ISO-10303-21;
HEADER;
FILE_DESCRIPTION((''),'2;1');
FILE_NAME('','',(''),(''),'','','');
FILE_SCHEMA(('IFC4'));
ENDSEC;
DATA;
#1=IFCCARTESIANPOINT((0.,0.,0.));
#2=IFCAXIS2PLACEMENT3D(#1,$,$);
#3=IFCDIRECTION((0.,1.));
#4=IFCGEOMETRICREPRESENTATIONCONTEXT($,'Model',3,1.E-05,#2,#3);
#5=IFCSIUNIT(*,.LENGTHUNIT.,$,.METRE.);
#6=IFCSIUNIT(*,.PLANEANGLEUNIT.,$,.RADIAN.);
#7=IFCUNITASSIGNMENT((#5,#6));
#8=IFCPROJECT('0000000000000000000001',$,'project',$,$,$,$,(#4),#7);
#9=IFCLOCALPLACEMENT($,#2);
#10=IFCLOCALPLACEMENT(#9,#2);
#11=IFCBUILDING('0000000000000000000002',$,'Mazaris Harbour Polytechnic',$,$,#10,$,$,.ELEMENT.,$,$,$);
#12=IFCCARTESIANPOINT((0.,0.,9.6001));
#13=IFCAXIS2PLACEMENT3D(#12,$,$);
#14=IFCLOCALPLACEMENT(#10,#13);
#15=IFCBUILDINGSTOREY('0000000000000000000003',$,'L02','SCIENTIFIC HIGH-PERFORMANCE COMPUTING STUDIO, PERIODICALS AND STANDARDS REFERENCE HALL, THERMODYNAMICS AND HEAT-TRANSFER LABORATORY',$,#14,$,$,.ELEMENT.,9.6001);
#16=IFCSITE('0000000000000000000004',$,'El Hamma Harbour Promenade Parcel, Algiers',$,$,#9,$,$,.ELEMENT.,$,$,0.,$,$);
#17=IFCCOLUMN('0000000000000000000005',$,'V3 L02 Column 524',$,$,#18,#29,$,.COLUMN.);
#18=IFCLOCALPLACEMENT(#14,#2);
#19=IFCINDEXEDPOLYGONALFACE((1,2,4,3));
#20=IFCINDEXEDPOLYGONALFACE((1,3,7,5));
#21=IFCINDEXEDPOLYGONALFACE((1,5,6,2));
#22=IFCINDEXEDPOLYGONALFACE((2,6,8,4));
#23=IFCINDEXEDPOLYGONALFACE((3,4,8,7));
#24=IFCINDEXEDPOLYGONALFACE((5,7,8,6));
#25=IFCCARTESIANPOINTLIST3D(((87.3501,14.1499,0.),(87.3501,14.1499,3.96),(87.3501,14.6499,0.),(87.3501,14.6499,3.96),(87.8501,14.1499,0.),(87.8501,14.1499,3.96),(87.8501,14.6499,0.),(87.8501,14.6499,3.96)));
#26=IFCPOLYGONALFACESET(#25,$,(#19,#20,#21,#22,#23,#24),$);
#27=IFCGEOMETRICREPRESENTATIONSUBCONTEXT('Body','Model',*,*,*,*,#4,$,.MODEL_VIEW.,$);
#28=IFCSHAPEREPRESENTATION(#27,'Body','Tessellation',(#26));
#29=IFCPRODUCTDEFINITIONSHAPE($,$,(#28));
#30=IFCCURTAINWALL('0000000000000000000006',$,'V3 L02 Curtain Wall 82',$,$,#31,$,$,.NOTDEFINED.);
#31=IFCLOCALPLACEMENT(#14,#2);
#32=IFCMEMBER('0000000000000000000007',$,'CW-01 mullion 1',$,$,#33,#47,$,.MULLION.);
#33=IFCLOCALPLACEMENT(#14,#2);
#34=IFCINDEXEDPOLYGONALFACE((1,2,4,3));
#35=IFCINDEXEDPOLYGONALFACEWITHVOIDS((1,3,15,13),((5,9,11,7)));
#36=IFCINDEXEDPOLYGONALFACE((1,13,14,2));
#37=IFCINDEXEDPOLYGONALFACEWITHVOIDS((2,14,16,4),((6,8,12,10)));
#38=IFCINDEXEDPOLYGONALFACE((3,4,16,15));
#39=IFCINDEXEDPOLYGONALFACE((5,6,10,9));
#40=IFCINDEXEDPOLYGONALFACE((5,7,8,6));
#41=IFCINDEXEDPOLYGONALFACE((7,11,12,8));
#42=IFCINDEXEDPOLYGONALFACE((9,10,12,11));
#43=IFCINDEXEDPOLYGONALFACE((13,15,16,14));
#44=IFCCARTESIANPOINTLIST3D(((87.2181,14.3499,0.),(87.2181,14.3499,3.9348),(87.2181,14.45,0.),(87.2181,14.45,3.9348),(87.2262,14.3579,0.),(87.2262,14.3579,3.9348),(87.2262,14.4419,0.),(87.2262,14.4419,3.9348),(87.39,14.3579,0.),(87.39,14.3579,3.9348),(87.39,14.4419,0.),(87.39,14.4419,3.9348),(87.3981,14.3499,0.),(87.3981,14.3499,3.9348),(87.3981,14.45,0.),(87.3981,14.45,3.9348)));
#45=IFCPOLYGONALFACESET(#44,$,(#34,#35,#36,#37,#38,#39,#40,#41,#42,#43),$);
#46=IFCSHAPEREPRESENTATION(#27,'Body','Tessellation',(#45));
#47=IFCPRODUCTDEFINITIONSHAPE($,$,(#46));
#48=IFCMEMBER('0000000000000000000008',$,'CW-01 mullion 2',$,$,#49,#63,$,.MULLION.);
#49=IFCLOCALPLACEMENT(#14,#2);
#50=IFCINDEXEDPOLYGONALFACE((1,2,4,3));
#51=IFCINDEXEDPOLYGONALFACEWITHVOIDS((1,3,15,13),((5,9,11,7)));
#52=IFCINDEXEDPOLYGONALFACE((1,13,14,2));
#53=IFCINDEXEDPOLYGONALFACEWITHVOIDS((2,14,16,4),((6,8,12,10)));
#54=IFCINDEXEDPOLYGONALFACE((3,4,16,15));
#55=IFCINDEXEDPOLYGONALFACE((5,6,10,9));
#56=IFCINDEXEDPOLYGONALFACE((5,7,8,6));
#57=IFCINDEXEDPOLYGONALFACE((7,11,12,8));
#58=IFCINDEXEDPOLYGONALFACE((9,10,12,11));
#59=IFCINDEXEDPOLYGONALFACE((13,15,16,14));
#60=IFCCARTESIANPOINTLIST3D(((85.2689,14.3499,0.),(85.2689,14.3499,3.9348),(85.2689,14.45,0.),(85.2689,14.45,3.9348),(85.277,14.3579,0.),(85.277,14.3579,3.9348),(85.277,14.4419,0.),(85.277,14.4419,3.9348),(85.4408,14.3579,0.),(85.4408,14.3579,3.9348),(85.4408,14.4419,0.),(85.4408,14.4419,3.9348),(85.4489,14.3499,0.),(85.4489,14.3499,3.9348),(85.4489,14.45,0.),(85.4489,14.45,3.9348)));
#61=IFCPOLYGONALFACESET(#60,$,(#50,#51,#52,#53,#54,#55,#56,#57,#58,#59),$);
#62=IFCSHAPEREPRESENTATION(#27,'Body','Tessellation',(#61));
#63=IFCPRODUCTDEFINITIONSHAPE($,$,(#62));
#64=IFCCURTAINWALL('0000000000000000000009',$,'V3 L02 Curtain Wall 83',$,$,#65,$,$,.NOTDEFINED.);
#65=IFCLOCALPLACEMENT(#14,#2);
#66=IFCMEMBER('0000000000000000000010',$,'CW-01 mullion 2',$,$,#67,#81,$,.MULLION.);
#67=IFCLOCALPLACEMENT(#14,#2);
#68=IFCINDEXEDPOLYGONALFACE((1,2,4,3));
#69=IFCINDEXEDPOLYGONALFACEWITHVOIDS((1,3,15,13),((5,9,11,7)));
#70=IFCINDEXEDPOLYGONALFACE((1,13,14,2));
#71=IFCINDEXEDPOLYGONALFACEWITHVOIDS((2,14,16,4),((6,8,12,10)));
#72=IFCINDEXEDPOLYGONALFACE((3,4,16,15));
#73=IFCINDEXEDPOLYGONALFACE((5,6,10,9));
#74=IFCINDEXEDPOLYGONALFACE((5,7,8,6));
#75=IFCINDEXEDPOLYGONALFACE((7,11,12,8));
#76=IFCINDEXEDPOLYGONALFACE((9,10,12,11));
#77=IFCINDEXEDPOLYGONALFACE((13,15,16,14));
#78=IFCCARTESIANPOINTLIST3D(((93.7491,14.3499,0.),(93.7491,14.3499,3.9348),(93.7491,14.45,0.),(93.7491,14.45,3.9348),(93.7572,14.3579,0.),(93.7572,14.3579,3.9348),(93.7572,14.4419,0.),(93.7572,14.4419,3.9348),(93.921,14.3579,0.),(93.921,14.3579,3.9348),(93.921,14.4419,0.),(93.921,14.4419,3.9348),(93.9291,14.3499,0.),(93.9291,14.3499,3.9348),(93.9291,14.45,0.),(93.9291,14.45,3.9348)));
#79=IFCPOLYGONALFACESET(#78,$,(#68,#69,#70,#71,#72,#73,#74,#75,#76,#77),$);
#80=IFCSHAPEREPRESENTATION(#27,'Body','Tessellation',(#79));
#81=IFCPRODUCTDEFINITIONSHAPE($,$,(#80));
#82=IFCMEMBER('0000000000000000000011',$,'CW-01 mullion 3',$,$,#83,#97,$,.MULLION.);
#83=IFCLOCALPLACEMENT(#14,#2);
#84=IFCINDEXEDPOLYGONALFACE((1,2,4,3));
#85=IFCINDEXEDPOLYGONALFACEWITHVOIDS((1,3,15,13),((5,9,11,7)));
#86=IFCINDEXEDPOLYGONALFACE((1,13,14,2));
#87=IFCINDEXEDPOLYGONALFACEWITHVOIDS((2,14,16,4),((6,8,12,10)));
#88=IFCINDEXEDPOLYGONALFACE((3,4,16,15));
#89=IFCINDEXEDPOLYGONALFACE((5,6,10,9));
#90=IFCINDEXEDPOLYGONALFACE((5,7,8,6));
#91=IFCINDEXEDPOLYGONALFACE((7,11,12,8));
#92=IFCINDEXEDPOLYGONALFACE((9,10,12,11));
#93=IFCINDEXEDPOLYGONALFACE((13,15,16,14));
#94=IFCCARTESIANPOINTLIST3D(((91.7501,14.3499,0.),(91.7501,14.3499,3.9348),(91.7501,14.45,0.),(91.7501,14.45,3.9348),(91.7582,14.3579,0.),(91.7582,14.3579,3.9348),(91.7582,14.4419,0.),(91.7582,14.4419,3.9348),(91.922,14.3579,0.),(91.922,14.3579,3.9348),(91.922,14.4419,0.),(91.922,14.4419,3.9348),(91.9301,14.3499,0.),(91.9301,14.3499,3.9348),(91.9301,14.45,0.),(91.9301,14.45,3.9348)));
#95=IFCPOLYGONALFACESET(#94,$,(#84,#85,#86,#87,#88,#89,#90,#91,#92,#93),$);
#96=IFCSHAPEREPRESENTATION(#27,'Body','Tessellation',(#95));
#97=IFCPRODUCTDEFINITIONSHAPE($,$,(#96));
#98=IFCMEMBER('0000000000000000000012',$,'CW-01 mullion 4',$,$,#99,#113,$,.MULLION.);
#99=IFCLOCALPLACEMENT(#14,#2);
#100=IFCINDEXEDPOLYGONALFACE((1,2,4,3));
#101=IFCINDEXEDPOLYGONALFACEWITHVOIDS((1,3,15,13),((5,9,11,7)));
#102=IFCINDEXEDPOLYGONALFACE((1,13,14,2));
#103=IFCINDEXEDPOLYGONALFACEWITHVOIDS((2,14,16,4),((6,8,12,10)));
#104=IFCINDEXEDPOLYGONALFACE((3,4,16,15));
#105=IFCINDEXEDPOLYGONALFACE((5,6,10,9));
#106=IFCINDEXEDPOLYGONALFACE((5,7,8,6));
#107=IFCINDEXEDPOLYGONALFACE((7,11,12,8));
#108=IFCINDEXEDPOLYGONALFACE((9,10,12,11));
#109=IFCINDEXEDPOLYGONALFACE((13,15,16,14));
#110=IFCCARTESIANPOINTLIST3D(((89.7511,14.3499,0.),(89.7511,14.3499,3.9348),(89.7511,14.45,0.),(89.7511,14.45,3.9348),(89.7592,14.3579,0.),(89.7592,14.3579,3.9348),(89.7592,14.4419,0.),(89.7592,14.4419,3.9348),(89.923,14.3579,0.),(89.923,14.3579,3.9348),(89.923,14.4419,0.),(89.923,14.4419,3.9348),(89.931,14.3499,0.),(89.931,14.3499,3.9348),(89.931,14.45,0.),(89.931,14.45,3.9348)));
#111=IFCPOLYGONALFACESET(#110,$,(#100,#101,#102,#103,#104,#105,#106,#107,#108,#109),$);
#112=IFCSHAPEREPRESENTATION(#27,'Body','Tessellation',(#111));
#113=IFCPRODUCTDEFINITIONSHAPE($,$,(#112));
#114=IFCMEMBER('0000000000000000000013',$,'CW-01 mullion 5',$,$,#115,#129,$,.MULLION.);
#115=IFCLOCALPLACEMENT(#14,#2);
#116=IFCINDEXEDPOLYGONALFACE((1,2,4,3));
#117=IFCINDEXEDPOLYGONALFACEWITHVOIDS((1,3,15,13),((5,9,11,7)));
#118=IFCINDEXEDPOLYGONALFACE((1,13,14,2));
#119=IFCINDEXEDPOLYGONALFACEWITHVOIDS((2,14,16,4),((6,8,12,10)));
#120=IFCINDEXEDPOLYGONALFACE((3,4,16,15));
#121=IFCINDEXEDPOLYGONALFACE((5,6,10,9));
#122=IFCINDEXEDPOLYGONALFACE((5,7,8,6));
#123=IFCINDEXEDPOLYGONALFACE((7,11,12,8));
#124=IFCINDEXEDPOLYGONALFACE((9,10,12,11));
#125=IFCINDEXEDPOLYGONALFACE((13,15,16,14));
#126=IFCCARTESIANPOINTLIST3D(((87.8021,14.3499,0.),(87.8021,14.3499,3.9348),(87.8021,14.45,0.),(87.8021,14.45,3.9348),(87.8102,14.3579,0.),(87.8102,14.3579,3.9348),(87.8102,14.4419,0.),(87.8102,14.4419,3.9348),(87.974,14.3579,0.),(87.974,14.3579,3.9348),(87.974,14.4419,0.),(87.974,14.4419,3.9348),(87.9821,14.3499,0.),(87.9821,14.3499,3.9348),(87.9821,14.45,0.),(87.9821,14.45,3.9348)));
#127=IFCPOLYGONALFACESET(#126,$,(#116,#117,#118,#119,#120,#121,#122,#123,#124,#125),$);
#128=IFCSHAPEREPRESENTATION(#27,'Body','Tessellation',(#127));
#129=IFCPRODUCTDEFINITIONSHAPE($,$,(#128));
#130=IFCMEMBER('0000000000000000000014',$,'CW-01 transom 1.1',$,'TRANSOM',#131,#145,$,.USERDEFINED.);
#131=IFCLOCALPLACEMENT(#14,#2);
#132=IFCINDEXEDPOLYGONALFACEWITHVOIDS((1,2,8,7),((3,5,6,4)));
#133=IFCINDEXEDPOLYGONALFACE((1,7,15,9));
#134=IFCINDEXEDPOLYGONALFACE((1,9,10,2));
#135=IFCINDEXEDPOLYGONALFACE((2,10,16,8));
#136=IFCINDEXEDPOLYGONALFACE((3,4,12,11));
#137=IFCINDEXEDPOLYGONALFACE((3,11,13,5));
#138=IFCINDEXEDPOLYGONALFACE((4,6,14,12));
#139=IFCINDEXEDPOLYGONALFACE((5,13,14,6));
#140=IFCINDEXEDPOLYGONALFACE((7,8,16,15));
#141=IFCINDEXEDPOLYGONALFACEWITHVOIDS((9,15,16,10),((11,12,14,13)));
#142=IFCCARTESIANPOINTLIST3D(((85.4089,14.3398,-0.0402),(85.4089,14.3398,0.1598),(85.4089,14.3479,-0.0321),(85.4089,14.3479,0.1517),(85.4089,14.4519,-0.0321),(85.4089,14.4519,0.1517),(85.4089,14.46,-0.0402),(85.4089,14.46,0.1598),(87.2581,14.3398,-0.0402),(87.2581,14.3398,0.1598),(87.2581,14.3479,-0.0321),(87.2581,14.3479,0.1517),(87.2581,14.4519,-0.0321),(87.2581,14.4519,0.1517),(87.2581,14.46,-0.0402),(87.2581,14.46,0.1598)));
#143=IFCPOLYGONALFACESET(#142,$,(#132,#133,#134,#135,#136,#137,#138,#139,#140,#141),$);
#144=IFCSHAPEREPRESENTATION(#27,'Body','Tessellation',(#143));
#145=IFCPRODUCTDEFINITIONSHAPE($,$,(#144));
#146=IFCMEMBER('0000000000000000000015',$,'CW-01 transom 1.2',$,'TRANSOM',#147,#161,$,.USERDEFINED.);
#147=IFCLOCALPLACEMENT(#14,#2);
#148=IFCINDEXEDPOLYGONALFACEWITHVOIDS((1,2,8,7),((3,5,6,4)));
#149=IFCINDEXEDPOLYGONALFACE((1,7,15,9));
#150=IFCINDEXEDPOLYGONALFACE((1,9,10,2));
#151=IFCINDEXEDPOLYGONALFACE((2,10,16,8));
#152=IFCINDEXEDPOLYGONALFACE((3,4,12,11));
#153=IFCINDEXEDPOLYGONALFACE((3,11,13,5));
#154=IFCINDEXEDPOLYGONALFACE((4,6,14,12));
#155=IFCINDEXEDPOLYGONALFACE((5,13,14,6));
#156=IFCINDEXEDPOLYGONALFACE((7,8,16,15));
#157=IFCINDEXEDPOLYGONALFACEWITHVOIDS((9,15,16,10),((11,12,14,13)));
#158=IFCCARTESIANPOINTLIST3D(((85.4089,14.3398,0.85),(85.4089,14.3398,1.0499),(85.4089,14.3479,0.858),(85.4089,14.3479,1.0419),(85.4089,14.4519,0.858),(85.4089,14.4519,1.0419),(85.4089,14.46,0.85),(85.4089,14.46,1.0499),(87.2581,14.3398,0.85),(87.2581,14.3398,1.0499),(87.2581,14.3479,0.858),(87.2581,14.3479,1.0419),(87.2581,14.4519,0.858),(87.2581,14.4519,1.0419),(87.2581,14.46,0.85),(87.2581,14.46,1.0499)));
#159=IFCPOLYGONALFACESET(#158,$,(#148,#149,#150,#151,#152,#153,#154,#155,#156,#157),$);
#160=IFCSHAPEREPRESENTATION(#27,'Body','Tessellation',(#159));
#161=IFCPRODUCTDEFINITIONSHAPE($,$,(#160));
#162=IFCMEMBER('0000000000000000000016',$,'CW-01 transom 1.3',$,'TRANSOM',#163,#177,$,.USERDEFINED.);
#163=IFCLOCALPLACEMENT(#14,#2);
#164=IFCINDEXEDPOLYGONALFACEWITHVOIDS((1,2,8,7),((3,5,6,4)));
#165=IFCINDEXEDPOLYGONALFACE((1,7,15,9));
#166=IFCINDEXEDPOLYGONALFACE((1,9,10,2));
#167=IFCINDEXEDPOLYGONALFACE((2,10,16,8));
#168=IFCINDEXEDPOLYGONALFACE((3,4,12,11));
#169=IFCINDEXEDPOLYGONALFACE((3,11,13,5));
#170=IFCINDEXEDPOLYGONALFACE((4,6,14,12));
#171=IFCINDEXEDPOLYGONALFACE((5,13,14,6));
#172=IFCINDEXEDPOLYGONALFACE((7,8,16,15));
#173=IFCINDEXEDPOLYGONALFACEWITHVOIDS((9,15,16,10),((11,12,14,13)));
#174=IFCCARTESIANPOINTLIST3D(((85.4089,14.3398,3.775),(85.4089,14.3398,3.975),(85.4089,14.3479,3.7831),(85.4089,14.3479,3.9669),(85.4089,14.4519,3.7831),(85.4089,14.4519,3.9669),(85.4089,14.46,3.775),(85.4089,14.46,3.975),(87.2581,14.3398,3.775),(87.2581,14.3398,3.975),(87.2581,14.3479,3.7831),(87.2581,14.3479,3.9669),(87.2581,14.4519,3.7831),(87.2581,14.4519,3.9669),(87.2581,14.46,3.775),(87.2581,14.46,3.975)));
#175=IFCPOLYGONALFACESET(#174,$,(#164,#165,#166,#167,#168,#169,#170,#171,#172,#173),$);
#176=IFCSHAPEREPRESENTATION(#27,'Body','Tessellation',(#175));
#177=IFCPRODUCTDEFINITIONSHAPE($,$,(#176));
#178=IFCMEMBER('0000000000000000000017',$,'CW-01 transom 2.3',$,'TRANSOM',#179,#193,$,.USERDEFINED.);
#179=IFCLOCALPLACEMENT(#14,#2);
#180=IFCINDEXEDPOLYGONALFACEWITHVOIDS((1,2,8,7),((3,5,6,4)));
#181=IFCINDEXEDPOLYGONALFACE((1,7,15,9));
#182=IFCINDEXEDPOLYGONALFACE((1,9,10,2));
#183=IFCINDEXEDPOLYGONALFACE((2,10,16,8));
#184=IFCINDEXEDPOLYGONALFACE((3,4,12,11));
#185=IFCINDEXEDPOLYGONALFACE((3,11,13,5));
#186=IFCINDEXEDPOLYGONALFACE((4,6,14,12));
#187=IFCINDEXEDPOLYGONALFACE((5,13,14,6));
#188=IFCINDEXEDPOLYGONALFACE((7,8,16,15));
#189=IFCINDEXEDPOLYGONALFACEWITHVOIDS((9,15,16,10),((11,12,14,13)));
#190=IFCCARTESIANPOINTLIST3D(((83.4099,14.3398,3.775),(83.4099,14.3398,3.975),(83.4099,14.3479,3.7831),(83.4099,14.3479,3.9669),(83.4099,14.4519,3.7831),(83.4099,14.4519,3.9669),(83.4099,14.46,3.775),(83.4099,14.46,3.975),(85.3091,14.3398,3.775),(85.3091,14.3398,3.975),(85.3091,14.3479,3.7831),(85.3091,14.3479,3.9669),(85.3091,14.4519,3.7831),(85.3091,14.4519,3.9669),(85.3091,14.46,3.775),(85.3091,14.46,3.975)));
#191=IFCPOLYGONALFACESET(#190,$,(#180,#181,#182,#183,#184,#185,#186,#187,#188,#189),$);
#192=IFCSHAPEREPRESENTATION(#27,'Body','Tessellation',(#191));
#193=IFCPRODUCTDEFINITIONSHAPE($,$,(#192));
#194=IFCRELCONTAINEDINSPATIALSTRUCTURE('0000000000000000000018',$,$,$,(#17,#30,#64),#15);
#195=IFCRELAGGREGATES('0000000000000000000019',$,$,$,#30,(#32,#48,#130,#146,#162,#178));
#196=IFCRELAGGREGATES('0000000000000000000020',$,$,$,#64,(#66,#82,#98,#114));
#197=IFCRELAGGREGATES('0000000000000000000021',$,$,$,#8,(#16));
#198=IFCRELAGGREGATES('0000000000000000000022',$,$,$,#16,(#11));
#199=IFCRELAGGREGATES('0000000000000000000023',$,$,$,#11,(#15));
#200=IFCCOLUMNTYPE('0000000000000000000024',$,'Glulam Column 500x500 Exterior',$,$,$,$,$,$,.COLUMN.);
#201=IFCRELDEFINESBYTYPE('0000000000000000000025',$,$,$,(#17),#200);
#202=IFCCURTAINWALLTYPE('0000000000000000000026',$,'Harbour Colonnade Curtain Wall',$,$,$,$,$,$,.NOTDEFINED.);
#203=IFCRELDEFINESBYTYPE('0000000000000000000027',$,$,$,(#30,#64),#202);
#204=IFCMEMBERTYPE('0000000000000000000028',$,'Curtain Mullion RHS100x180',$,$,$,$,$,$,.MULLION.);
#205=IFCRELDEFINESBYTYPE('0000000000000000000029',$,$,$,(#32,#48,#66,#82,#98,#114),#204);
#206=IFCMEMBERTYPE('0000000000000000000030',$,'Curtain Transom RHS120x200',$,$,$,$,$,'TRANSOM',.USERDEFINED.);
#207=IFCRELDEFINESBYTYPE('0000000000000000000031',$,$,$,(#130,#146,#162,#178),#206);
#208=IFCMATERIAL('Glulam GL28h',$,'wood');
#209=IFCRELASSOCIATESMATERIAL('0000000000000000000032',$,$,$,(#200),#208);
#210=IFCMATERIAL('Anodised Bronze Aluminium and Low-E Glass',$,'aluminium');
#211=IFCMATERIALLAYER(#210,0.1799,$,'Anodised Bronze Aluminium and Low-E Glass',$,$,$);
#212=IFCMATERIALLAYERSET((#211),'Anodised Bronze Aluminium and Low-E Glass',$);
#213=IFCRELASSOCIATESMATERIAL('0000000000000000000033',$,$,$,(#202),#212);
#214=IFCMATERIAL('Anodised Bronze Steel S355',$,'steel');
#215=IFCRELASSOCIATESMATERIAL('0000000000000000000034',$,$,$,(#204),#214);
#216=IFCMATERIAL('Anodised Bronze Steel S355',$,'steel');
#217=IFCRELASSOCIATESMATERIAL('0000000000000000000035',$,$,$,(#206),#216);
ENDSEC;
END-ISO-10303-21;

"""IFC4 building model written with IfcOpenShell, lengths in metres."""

from ifc_helpers import new_model, si_unit, direction, frame, origin, origin_2d, place, context, subcontext, project, spatial, rectangle, hollow_rectangle, extrude, material, layer, layer_set, material_profile, profile_set, type_object, element, aggregate, save


model = new_model("IFC4")

# Units and contexts
model_context = context("Model", 3, precision=1e-05, world=origin(), true_north=direction((0.0, 1.0)))
body_context = subcontext(model_context, "Body", "Model", "MODEL_VIEW")
ifc_project = project(units=[si_unit("LENGTHUNIT", "METRE"), si_unit("PLANEANGLEUNIT", "RADIAN")], contexts=[model_context])

# Site, building, storey
site_placement = place(None, origin())
site = spatial("IfcSite", under=ifc_project, at=site_placement, Name="El Hamma Harbour Promenade Parcel, Algiers", CompositionType="ELEMENT", RefElevation=0.0)
building_placement = place(site_placement, origin())
building = spatial("IfcBuilding", under=site, at=building_placement, Name="Mazaris Harbour Polytechnic", CompositionType="ELEMENT")
storey_placement = place(building_placement, frame((0.0, 0.0, 9.6001)))
storey = spatial("IfcBuildingStorey", under=building, at=storey_placement, Name="L02", Description="SCIENTIFIC HIGH-PERFORMANCE COMPUTING STUDIO, PERIODICALS AND STANDARDS REFERENCE HALL, THERMODYNAMICS AND HEAT-TRANSFER LABORATORY", CompositionType="ELEMENT", Elevation=9.6001)

# Column
ifc_material_1 = material(Name="Glulam GL28h", Category="wood")
ifc_material_profile_1 = material_profile(ifc_material_1, rectangle(XDim=0.5, YDim=0.5, at=origin_2d()), Name="RECT500x500")
ifc_profile_set_1 = profile_set([ifc_material_profile_1], Name="Glulam GL28h")
column_type = type_object("IfcColumnType", Name="Glulam Column 500x500 Exterior", PredefinedType="COLUMN", material=ifc_profile_set_1)
column_placement = place(storey_placement, frame((87.6001, 14.3999, 0.0), z_axis=(0.0, 0.0, 1.0), x_axis=(1.0, 0.0, 0.0)))
element("IfcColumn", 1, at=column_placement, inside=storey, type_object=column_type, Name="V3 L02 Column 524", PredefinedType="COLUMN", context=body_context, shape_type="SweptSolid", body=[
    extrude(rectangle(XDim=0.5, YDim=0.5, at=origin_2d()), origin(), (0.0, 0.0, 1.0), 3.96),
])

# Curtain walls, members
ifc_material_2 = material(Name="Anodised Bronze Aluminium and Low-E Glass", Category="aluminium")
ifc_layer_1 = layer(ifc_material_2, 0.1799, Name="Anodised Bronze Aluminium and Low-E Glass")
ifc_layer_set_1 = layer_set([ifc_layer_1], Name="Anodised Bronze Aluminium and Low-E Glass")
curtain_wall_type = type_object("IfcCurtainWallType", Name="Harbour Colonnade Curtain Wall", PredefinedType="NOTDEFINED", material=ifc_layer_set_1)
curtain_wall_1_placement = place(storey_placement, origin())
curtain_wall_1 = element("IfcCurtainWall", 2, at=curtain_wall_1_placement, inside=storey, type_object=curtain_wall_type, Name="V3 L02 Curtain Wall 82", PredefinedType="NOTDEFINED")
ifc_material_3 = material(Name="Anodised Bronze Steel S355", Category="steel")
ifc_material_profile_2 = material_profile(ifc_material_3, hollow_rectangle(XDim=0.1001, YDim=0.1799, WallThickness=0.0081, at=origin_2d()), Name="RHS 100x180x8.0")
ifc_profile_set_2 = profile_set([ifc_material_profile_2], Name="Anodised Bronze Steel S355")
member_type_1 = type_object("IfcMemberType", Name="Curtain Mullion RHS100x180", PredefinedType="MULLION", material=ifc_profile_set_2)
member_1_placement = place(storey_placement, frame((87.3081, 14.3999, 0.0), z_axis=(0.0, 0.0, 1.0), x_axis=(0.0, -1.0, 0.0)))
member_1 = element("IfcMember", 3, at=member_1_placement, type_object=member_type_1, Name="CW-01 mullion 1", PredefinedType="MULLION", context=body_context, shape_type="SweptSolid", body=[
    extrude(hollow_rectangle(XDim=0.1001, YDim=0.1799, WallThickness=0.0081, at=origin_2d()), origin(), (0.0, 0.0, 1.0), 3.9348),
])
member_2_placement = place(storey_placement, frame((85.3589, 14.3999, 0.0), z_axis=(0.0, 0.0, 1.0), x_axis=(0.0, -1.0, 0.0)))
member_2 = element("IfcMember", 4, at=member_2_placement, type_object=member_type_1, Name="CW-01 mullion 2", PredefinedType="MULLION", context=body_context, shape_type="SweptSolid", body=[
    extrude(hollow_rectangle(XDim=0.1001, YDim=0.1799, WallThickness=0.0081, at=origin_2d()), origin(), (0.0, 0.0, 1.0), 3.9348),
])
curtain_wall_2_placement = place(storey_placement, origin())
curtain_wall_2 = element("IfcCurtainWall", 5, at=curtain_wall_2_placement, inside=storey, type_object=curtain_wall_type, Name="V3 L02 Curtain Wall 83", PredefinedType="NOTDEFINED")
member_3_placement = place(storey_placement, frame((93.8391, 14.3999, 0.0), z_axis=(0.0, 0.0, 1.0), x_axis=(0.0, -1.0, 0.0)))
member_3 = element("IfcMember", 6, at=member_3_placement, type_object=member_type_1, Name="CW-01 mullion 2", PredefinedType="MULLION", context=body_context, shape_type="SweptSolid", body=[
    extrude(hollow_rectangle(XDim=0.1001, YDim=0.1799, WallThickness=0.0081, at=origin_2d()), origin(), (0.0, 0.0, 1.0), 3.9348),
])
member_4_placement = place(storey_placement, frame((91.8401, 14.3999, 0.0), z_axis=(0.0, 0.0, 1.0), x_axis=(0.0, -1.0, 0.0)))
member_4 = element("IfcMember", 7, at=member_4_placement, type_object=member_type_1, Name="CW-01 mullion 3", PredefinedType="MULLION", context=body_context, shape_type="SweptSolid", body=[
    extrude(hollow_rectangle(XDim=0.1001, YDim=0.1799, WallThickness=0.0081, at=origin_2d()), origin(), (0.0, 0.0, 1.0), 3.9348),
])
member_5_placement = place(storey_placement, frame((89.8411, 14.3999, 0.0), z_axis=(0.0, 0.0, 1.0), x_axis=(0.0, -1.0, 0.0)))
member_5 = element("IfcMember", 8, at=member_5_placement, type_object=member_type_1, Name="CW-01 mullion 4", PredefinedType="MULLION", context=body_context, shape_type="SweptSolid", body=[
    extrude(hollow_rectangle(XDim=0.1001, YDim=0.1799, WallThickness=0.0081, at=origin_2d()), origin(), (0.0, 0.0, 1.0), 3.9348),
])
member_6_placement = place(storey_placement, frame((87.8921, 14.3999, 0.0), z_axis=(0.0, 0.0, 1.0), x_axis=(0.0, -1.0, 0.0)))
member_6 = element("IfcMember", 9, at=member_6_placement, type_object=member_type_1, Name="CW-01 mullion 5", PredefinedType="MULLION", context=body_context, shape_type="SweptSolid", body=[
    extrude(hollow_rectangle(XDim=0.1001, YDim=0.1799, WallThickness=0.0081, at=origin_2d()), origin(), (0.0, 0.0, 1.0), 3.9348),
])

# Members
ifc_material_4 = material(Name="Anodised Bronze Steel S355", Category="steel")
ifc_material_profile_3 = material_profile(ifc_material_4, hollow_rectangle(XDim=0.1201, YDim=0.2, WallThickness=0.0081, at=origin_2d()), Name="RHS 120x200x8.0")
ifc_profile_set_3 = profile_set([ifc_material_profile_3], Name="Anodised Bronze Steel S355")
member_type_2 = type_object("IfcMemberType", Name="Curtain Transom RHS120x200", ElementType="TRANSOM", PredefinedType="USERDEFINED", material=ifc_profile_set_3)
member_7_placement = place(storey_placement, frame((87.2581, 14.3999, 0.0598), z_axis=(-1.0, 0.0, 0.0), x_axis=(0.0, -1.0, 0.0)))
member_7 = element("IfcMember", 10, at=member_7_placement, type_object=member_type_2, Name="CW-01 transom 1.1", ObjectType="TRANSOM", PredefinedType="USERDEFINED", context=body_context, shape_type="SweptSolid", body=[
    extrude(hollow_rectangle(XDim=0.1201, YDim=0.2, WallThickness=0.0081, at=origin_2d()), origin(), (0.0, 0.0, 1.0), 1.8491),
])
member_8_placement = place(storey_placement, frame((87.2581, 14.3999, 0.95), z_axis=(-1.0, 0.0, 0.0), x_axis=(0.0, -1.0, 0.0)))
member_8 = element("IfcMember", 11, at=member_8_placement, type_object=member_type_2, Name="CW-01 transom 1.2", ObjectType="TRANSOM", PredefinedType="USERDEFINED", context=body_context, shape_type="SweptSolid", body=[
    extrude(hollow_rectangle(XDim=0.1201, YDim=0.2, WallThickness=0.0081, at=origin_2d()), origin(), (0.0, 0.0, 1.0), 1.8491),
])
member_9_placement = place(storey_placement, frame((87.2581, 14.3999, 3.875), z_axis=(-1.0, 0.0, 0.0), x_axis=(0.0, -1.0, 0.0)))
member_9 = element("IfcMember", 12, at=member_9_placement, type_object=member_type_2, Name="CW-01 transom 1.3", ObjectType="TRANSOM", PredefinedType="USERDEFINED", context=body_context, shape_type="SweptSolid", body=[
    extrude(hollow_rectangle(XDim=0.1201, YDim=0.2, WallThickness=0.0081, at=origin_2d()), origin(), (0.0, 0.0, 1.0), 1.8491),
])
member_10_placement = place(storey_placement, frame((85.3091, 14.3999, 3.875), z_axis=(-1.0, 0.0, 0.0), x_axis=(0.0, -1.0, 0.0)))
member_10 = element("IfcMember", 13, at=member_10_placement, type_object=member_type_2, Name="CW-01 transom 2.3", ObjectType="TRANSOM", PredefinedType="USERDEFINED", context=body_context, shape_type="SweptSolid", body=[
    extrude(hollow_rectangle(XDim=0.1201, YDim=0.2, WallThickness=0.0081, at=origin_2d()), origin(), (0.0, 0.0, 1.0), 1.8992),
])

aggregate(curtain_wall_1, [member_1, member_2, member_7, member_8, member_9, member_10])
aggregate(curtain_wall_2, [member_3, member_4, member_5, member_6])

save(model, "model.ifc")
